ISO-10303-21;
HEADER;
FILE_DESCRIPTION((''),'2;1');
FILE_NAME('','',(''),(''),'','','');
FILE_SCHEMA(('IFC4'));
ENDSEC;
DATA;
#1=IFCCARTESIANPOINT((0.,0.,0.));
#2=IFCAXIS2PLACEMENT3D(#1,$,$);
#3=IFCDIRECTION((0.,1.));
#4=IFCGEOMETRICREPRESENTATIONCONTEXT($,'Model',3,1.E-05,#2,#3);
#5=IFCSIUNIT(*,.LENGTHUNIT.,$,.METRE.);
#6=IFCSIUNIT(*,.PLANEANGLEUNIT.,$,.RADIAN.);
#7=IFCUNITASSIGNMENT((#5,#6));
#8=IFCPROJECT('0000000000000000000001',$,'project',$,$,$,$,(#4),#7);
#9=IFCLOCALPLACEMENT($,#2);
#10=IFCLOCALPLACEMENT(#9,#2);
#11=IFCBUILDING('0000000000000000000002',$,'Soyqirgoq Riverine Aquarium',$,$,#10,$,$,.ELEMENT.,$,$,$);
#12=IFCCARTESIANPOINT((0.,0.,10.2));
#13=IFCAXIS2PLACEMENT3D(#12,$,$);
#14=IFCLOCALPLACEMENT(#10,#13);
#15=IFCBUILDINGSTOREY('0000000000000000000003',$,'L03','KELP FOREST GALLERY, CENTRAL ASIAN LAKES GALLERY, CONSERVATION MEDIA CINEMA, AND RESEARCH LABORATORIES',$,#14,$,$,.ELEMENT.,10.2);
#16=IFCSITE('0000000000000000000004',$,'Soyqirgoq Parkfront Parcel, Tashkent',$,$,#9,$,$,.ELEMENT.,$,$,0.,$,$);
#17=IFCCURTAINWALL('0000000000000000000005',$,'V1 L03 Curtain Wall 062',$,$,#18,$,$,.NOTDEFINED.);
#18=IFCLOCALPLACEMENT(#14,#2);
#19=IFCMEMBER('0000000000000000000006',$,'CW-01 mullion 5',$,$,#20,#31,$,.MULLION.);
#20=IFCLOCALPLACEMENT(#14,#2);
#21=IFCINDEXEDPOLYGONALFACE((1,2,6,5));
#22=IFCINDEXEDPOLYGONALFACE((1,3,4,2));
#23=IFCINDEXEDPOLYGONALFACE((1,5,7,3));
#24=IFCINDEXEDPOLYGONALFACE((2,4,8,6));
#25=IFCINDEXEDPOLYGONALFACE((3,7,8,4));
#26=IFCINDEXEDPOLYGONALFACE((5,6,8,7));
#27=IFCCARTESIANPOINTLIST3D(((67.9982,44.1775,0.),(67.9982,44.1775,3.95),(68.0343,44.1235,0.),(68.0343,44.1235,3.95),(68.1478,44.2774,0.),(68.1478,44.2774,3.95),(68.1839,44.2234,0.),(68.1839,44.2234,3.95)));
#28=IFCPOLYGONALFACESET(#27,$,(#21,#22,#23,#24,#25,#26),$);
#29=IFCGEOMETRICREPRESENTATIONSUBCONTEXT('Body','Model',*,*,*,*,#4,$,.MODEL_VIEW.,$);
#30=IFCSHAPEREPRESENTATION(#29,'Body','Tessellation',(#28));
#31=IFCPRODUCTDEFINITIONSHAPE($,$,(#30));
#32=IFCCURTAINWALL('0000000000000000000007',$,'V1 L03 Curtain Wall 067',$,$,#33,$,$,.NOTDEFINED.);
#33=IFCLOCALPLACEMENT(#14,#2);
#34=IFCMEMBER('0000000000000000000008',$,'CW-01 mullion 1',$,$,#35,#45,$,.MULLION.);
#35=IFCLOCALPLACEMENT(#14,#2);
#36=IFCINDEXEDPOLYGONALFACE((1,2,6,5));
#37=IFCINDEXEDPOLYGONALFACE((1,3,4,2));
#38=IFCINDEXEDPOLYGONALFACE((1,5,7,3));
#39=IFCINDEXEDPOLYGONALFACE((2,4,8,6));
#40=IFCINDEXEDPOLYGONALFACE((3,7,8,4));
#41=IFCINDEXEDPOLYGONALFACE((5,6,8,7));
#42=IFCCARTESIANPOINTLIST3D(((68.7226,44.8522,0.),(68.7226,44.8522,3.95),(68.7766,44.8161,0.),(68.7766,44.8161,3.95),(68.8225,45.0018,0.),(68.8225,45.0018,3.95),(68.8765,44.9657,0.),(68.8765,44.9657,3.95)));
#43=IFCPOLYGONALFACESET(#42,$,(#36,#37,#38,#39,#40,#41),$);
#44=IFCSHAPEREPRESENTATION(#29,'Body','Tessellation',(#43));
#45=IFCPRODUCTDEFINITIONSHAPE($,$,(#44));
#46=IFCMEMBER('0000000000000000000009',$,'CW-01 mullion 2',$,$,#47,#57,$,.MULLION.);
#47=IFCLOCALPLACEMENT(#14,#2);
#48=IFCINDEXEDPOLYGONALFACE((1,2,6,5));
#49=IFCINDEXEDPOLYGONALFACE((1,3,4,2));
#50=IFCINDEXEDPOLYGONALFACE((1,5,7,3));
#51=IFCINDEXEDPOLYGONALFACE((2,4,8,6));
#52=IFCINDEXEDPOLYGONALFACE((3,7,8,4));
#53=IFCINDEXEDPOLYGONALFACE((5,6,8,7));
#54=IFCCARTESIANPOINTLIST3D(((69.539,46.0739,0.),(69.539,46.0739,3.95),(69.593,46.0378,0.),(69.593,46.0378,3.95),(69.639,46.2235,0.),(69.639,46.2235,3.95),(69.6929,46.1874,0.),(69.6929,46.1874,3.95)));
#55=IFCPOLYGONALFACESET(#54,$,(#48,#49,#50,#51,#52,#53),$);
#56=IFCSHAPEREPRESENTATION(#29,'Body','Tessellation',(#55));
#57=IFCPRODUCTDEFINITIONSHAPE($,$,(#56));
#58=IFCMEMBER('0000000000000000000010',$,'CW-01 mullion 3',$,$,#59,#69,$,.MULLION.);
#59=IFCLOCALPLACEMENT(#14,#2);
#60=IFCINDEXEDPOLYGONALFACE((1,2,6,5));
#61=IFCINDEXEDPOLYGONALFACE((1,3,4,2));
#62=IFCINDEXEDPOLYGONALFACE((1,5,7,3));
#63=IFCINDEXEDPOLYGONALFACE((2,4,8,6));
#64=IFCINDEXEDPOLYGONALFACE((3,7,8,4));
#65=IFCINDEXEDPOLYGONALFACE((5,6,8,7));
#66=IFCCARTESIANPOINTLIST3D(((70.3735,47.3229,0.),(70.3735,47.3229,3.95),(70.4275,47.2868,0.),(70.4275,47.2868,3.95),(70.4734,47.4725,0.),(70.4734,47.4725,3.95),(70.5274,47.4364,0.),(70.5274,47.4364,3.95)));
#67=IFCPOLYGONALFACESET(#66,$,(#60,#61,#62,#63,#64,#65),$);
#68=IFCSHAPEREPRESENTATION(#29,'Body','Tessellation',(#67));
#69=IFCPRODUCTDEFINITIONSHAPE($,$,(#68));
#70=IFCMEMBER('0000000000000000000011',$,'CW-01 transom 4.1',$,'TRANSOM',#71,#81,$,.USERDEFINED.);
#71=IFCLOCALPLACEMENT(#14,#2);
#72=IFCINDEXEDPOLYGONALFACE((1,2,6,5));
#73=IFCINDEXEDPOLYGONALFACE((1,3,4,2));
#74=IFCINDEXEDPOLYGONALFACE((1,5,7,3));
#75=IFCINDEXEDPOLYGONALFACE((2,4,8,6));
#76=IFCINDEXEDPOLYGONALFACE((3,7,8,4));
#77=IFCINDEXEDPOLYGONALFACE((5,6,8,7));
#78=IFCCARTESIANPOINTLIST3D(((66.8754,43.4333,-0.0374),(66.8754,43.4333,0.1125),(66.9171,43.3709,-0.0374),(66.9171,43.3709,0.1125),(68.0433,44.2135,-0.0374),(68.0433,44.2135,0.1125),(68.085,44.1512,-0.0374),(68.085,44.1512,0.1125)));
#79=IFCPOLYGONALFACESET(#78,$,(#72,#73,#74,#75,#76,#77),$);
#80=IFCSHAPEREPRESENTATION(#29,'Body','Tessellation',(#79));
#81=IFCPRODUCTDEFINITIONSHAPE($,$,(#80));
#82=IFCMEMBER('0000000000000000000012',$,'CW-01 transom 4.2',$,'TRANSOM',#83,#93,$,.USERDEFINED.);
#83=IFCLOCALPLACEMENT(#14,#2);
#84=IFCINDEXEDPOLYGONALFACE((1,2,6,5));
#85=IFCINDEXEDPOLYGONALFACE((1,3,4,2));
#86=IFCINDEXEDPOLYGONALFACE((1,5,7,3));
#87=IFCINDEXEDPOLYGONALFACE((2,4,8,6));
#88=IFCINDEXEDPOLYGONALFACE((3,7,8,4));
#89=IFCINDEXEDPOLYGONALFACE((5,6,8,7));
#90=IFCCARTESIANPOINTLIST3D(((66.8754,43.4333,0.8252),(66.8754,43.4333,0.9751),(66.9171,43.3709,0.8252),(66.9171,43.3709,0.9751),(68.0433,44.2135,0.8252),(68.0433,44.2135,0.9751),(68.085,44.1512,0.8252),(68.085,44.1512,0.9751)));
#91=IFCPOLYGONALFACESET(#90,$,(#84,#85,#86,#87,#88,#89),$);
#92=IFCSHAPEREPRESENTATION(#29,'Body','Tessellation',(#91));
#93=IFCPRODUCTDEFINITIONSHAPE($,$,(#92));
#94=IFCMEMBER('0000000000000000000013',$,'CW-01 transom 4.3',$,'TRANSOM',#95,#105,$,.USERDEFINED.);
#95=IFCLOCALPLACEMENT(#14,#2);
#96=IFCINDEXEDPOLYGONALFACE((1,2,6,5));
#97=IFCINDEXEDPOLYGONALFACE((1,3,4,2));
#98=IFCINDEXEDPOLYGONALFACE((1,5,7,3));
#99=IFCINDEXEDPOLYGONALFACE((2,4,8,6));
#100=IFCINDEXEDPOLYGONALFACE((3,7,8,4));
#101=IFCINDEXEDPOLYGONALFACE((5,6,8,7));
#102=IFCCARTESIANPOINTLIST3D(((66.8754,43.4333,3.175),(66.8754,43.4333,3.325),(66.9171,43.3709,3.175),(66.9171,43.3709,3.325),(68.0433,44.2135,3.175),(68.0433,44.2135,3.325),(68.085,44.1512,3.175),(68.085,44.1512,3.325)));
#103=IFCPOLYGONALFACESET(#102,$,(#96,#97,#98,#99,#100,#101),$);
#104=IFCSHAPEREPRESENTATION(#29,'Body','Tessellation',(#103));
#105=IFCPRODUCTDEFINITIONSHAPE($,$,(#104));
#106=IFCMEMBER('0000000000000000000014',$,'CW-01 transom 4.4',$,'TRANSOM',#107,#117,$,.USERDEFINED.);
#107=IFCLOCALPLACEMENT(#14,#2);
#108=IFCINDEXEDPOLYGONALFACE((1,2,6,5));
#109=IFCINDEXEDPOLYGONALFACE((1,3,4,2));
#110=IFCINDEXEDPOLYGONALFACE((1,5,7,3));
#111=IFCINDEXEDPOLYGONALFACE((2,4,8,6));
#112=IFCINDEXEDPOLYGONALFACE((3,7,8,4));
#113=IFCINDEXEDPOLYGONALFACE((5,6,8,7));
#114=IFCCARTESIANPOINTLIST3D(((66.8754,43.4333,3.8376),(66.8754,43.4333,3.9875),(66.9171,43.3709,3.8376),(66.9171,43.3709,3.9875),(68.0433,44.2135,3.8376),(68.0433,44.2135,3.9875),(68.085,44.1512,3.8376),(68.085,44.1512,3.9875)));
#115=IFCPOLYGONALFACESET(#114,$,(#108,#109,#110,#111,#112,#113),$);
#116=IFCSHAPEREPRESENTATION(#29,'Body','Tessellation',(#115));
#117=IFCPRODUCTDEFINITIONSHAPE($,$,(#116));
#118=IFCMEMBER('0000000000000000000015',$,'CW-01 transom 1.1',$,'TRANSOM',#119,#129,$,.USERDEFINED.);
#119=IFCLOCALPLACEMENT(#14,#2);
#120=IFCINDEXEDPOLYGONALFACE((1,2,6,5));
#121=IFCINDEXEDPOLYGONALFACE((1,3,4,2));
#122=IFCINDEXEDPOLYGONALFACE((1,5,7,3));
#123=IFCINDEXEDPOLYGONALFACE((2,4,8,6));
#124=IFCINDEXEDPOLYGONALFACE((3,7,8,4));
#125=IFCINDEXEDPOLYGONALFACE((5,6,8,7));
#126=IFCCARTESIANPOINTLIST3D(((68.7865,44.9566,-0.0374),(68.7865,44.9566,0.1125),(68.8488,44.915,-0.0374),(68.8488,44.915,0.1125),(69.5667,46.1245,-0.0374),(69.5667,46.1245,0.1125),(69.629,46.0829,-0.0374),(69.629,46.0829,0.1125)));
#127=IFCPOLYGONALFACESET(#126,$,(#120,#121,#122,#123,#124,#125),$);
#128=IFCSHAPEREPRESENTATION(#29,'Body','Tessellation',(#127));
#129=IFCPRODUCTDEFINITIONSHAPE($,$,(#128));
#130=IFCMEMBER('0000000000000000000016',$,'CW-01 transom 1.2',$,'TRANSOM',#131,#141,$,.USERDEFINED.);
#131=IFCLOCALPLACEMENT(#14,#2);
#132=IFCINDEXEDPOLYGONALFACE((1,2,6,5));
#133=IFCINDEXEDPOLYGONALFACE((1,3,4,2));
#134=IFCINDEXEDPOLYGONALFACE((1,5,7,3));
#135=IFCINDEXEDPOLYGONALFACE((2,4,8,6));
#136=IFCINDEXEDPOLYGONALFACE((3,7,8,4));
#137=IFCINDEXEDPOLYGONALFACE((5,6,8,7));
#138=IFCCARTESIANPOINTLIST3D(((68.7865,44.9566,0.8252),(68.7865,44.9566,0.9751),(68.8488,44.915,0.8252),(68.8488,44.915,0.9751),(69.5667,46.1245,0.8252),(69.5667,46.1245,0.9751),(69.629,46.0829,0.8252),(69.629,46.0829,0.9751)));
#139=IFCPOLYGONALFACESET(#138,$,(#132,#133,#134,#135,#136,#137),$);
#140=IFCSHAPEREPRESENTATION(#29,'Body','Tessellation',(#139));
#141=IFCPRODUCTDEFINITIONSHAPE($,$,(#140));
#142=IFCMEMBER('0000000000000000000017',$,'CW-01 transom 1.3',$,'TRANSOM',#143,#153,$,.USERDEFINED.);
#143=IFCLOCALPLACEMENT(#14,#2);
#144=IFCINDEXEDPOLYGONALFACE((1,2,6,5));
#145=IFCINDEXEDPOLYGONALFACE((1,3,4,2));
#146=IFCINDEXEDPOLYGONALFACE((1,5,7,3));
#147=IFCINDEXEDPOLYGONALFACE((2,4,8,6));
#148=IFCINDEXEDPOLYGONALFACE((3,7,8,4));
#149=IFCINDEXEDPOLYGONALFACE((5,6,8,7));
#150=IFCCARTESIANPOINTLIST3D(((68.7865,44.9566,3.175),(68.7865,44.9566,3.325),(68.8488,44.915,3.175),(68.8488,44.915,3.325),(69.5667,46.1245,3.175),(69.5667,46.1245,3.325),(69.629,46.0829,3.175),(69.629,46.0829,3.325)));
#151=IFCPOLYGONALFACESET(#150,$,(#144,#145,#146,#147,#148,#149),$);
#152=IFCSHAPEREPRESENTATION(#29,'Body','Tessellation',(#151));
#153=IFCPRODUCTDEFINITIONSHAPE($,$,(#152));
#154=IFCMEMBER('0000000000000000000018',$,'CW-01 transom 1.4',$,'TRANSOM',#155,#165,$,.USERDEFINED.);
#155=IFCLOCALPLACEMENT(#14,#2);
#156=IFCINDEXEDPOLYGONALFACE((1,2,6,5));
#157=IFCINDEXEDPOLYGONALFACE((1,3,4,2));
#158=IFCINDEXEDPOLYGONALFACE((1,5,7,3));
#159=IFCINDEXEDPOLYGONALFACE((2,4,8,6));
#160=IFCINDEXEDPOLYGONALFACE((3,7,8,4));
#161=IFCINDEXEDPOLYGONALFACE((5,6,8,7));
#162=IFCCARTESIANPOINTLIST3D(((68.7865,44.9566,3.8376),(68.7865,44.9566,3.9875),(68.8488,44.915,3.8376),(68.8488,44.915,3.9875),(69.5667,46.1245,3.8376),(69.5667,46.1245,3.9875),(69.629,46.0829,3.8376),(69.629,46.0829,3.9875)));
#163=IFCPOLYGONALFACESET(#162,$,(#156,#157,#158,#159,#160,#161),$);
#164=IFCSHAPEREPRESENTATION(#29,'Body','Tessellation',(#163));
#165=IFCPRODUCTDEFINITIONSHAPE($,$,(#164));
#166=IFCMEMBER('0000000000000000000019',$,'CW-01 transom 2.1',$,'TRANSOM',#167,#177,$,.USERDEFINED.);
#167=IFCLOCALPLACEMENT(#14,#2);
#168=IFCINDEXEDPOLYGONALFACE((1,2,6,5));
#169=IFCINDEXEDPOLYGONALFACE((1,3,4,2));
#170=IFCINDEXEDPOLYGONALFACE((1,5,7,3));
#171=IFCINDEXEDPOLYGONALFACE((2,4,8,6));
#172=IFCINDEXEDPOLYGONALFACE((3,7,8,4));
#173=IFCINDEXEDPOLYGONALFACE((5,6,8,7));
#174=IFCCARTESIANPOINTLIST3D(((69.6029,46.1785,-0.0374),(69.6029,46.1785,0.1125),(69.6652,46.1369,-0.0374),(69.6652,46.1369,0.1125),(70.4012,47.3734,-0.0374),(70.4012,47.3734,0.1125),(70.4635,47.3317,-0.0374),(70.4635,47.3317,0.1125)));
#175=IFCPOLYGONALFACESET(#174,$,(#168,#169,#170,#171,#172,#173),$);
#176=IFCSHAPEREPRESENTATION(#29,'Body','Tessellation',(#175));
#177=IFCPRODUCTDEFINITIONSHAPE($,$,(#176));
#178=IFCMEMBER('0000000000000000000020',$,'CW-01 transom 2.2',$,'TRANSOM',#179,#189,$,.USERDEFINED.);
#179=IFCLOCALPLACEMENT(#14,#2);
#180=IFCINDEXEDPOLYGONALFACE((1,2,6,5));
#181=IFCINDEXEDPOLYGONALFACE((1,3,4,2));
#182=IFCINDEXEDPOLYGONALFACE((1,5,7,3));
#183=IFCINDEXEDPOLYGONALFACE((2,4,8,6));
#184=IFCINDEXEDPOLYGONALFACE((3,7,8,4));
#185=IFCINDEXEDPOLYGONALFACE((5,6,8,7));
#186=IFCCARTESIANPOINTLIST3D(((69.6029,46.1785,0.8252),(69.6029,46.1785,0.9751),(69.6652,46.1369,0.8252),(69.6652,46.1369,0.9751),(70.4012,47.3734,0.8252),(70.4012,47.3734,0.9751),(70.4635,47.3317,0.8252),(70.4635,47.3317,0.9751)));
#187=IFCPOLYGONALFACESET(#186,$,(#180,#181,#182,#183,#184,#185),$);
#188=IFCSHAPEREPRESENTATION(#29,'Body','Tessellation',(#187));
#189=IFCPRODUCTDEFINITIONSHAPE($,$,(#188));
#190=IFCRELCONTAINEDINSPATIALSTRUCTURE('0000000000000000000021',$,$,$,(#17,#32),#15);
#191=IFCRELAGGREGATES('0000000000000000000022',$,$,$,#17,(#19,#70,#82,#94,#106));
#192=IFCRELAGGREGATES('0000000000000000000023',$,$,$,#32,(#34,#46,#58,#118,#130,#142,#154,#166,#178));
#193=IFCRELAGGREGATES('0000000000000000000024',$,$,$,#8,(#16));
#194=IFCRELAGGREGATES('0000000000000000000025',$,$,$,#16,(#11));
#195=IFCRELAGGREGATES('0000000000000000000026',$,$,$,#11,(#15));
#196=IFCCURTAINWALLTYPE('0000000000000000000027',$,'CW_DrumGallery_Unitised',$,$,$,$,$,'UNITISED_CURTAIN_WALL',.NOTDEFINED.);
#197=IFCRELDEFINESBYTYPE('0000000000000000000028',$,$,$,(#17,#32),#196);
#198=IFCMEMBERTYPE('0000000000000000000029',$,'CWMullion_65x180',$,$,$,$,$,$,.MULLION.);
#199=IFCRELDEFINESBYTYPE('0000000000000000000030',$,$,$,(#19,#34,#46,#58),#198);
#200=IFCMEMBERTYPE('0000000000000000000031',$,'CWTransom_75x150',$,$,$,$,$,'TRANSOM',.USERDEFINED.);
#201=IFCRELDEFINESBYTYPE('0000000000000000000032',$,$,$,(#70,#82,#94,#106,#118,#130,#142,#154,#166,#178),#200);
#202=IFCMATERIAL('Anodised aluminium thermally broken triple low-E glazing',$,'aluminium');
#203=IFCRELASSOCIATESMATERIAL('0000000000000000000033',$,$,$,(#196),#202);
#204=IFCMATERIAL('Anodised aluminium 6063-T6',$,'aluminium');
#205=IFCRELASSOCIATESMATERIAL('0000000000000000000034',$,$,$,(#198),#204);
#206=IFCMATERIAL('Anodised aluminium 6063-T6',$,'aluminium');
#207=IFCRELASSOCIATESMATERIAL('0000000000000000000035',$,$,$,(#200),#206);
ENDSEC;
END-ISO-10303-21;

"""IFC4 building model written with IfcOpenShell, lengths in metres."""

from ifc_helpers import new_model, si_unit, direction, frame, origin, origin_2d, place, context, subcontext, project, spatial, rectangle, extrude, material, material_profile, profile_set, type_object, element, aggregate, save


model = new_model("IFC4")

# Units and contexts
model_context = context("Model", 3, precision=1e-05, world=origin(), true_north=direction((0.0, 1.0)))
body_context = subcontext(model_context, "Body", "Model", "MODEL_VIEW")
ifc_project = project(units=[si_unit("LENGTHUNIT", "METRE"), si_unit("PLANEANGLEUNIT", "RADIAN")], contexts=[model_context])

# Site, building, storey
site_placement = place(None, origin())
site = spatial("IfcSite", under=ifc_project, at=site_placement, Name="Soyqirgoq Parkfront Parcel, Tashkent", CompositionType="ELEMENT", RefElevation=0.0)
building_placement = place(site_placement, origin())
building = spatial("IfcBuilding", under=site, at=building_placement, Name="Soyqirgoq Riverine Aquarium", CompositionType="ELEMENT")
storey_placement = place(building_placement, frame((0.0, 0.0, 10.2)))
storey = spatial("IfcBuildingStorey", under=building, at=storey_placement, Name="L03", Description="KELP FOREST GALLERY, CENTRAL ASIAN LAKES GALLERY, CONSERVATION MEDIA CINEMA, AND RESEARCH LABORATORIES", CompositionType="ELEMENT", Elevation=10.2)

# Curtain wall, member
ifc_material_1 = material(Name="Anodised aluminium thermally broken triple low-E glazing", Category="aluminium")
curtain_wall_type = type_object("IfcCurtainWallType", Name="CW_DrumGallery_Unitised", ElementType="UNITISED_CURTAIN_WALL", PredefinedType="NOTDEFINED", material=ifc_material_1)
curtain_wall_1_placement = place(storey_placement, origin())
curtain_wall_1 = element("IfcCurtainWall", 1, at=curtain_wall_1_placement, inside=storey, type_object=curtain_wall_type, Name="V1 L03 Curtain Wall 062", PredefinedType="NOTDEFINED")
ifc_material_2 = material(Name="Anodised aluminium 6063-T6", Category="aluminium")
ifc_material_profile_1 = material_profile(ifc_material_2, rectangle(XDim=0.0649, YDim=0.1799, at=origin_2d()), Name="ALU-M 65x180")
ifc_profile_set_1 = profile_set([ifc_material_profile_1], Name="Anodised aluminium 6063-T6")
member_type_1 = type_object("IfcMemberType", Name="CWMullion_65x180", PredefinedType="MULLION", material=ifc_profile_set_1)
member_1_placement = place(storey_placement, frame((68.0911, 44.2004, 0.0), z_axis=(0.0, 0.0, 1.0), x_axis=(-0.555572, 0.831469, 0.0)))
member_1 = element("IfcMember", 2, at=member_1_placement, type_object=member_type_1, Name="CW-01 mullion 5", PredefinedType="MULLION", context=body_context, shape_type="SweptSolid", body=[
    extrude(rectangle(XDim=0.0649, YDim=0.1799, at=origin_2d()), origin(), (0.0, 0.0, 1.0), 3.95),
])

# Curtain wall, members
curtain_wall_2_placement = place(storey_placement, origin())
curtain_wall_2 = element("IfcCurtainWall", 3, at=curtain_wall_2_placement, inside=storey, type_object=curtain_wall_type, Name="V1 L03 Curtain Wall 067", PredefinedType="NOTDEFINED")
member_2_placement = place(storey_placement, frame((68.7996, 44.9089, 0.0), z_axis=(0.0, 0.0, 1.0), x_axis=(-0.831469, 0.555572, 0.0)))
member_2 = element("IfcMember", 4, at=member_2_placement, type_object=member_type_1, Name="CW-01 mullion 1", PredefinedType="MULLION", context=body_context, shape_type="SweptSolid", body=[
    extrude(rectangle(XDim=0.0649, YDim=0.1799, at=origin_2d()), origin(), (0.0, 0.0, 1.0), 3.95),
])
member_3_placement = place(storey_placement, frame((69.616, 46.1306, 0.0), z_axis=(0.0, 0.0, 1.0), x_axis=(-0.831469, 0.555572, 0.0)))
member_3 = element("IfcMember", 5, at=member_3_placement, type_object=member_type_1, Name="CW-01 mullion 2", PredefinedType="MULLION", context=body_context, shape_type="SweptSolid", body=[
    extrude(rectangle(XDim=0.0649, YDim=0.1799, at=origin_2d()), origin(), (0.0, 0.0, 1.0), 3.95),
])
member_4_placement = place(storey_placement, frame((70.4504, 47.3796, 0.0), z_axis=(0.0, 0.0, 1.0), x_axis=(-0.831469, 0.555572, 0.0)))
member_4 = element("IfcMember", 6, at=member_4_placement, type_object=member_type_1, Name="CW-01 mullion 3", PredefinedType="MULLION", context=body_context, shape_type="SweptSolid", body=[
    extrude(rectangle(XDim=0.0649, YDim=0.1799, at=origin_2d()), origin(), (0.0, 0.0, 1.0), 3.95),
])

# Members
ifc_material_3 = material(Name="Anodised aluminium 6063-T6", Category="aluminium")
ifc_material_profile_2 = material_profile(ifc_material_3, rectangle(XDim=0.075, YDim=0.1499, at=origin_2d()), Name="ALU-T 75x150")
ifc_profile_set_2 = profile_set([ifc_material_profile_2], Name="Anodised aluminium 6063-T6")
member_type_2 = type_object("IfcMemberType", Name="CWTransom_75x150", ElementType="TRANSOM", PredefinedType="USERDEFINED", material=ifc_profile_set_2)
member_5_placement = place(storey_placement, frame((66.8962, 43.4021, 0.0376), z_axis=(0.831515, 0.555502, 0.0), x_axis=(-0.555502, 0.831515, 0.0)))
member_5 = element("IfcMember", 7, at=member_5_placement, type_object=member_type_2, Name="CW-01 transom 4.1", ObjectType="TRANSOM", PredefinedType="USERDEFINED", context=body_context, shape_type="SweptSolid", body=[
    extrude(rectangle(XDim=0.075, YDim=0.1499, at=origin_2d()), origin(), (0.0, 0.0, 1.0), 1.4045),
])
member_6_placement = place(storey_placement, frame((66.8962, 43.4021, 0.9001), z_axis=(0.831515, 0.555502, 0.0), x_axis=(-0.555502, 0.831515, 0.0)))
member_6 = element("IfcMember", 8, at=member_6_placement, type_object=member_type_2, Name="CW-01 transom 4.2", ObjectType="TRANSOM", PredefinedType="USERDEFINED", context=body_context, shape_type="SweptSolid", body=[
    extrude(rectangle(XDim=0.075, YDim=0.1499, at=origin_2d()), origin(), (0.0, 0.0, 1.0), 1.4045),
])
member_7_placement = place(storey_placement, frame((66.8962, 43.4021, 3.25), z_axis=(0.831515, 0.555502, 0.0), x_axis=(-0.555502, 0.831515, 0.0)))
member_7 = element("IfcMember", 9, at=member_7_placement, type_object=member_type_2, Name="CW-01 transom 4.3", ObjectType="TRANSOM", PredefinedType="USERDEFINED", context=body_context, shape_type="SweptSolid", body=[
    extrude(rectangle(XDim=0.075, YDim=0.1499, at=origin_2d()), origin(), (0.0, 0.0, 1.0), 1.4045),
])
member_8_placement = place(storey_placement, frame((66.8962, 43.4021, 3.9126), z_axis=(0.831515, 0.555502, 0.0), x_axis=(-0.555502, 0.831515, 0.0)))
member_8 = element("IfcMember", 10, at=member_8_placement, type_object=member_type_2, Name="CW-01 transom 4.4", ObjectType="TRANSOM", PredefinedType="USERDEFINED", context=body_context, shape_type="SweptSolid", body=[
    extrude(rectangle(XDim=0.075, YDim=0.1499, at=origin_2d()), origin(), (0.0, 0.0, 1.0), 1.4045),
])
member_9_placement = place(storey_placement, frame((68.8176, 44.9358, 0.0376), z_axis=(0.555502, 0.831515, 0.0), x_axis=(-0.831515, 0.555502, 0.0)))
member_9 = element("IfcMember", 11, at=member_9_placement, type_object=member_type_2, Name="CW-01 transom 1.1", ObjectType="TRANSOM", PredefinedType="USERDEFINED", context=body_context, shape_type="SweptSolid", body=[
    extrude(rectangle(XDim=0.075, YDim=0.1499, at=origin_2d()), origin(), (0.0, 0.0, 1.0), 1.4045),
])
member_10_placement = place(storey_placement, frame((68.8176, 44.9358, 0.9001), z_axis=(0.555502, 0.831515, 0.0), x_axis=(-0.831515, 0.555502, 0.0)))
member_10 = element("IfcMember", 12, at=member_10_placement, type_object=member_type_2, Name="CW-01 transom 1.2", ObjectType="TRANSOM", PredefinedType="USERDEFINED", context=body_context, shape_type="SweptSolid", body=[
    extrude(rectangle(XDim=0.075, YDim=0.1499, at=origin_2d()), origin(), (0.0, 0.0, 1.0), 1.4045),
])
member_11_placement = place(storey_placement, frame((68.8176, 44.9358, 3.25), z_axis=(0.555502, 0.831515, 0.0), x_axis=(-0.831515, 0.555502, 0.0)))
member_11 = element("IfcMember", 13, at=member_11_placement, type_object=member_type_2, Name="CW-01 transom 1.3", ObjectType="TRANSOM", PredefinedType="USERDEFINED", context=body_context, shape_type="SweptSolid", body=[
    extrude(rectangle(XDim=0.075, YDim=0.1499, at=origin_2d()), origin(), (0.0, 0.0, 1.0), 1.4045),
])
member_12_placement = place(storey_placement, frame((68.8176, 44.9358, 3.9126), z_axis=(0.555502, 0.831515, 0.0), x_axis=(-0.831515, 0.555502, 0.0)))
member_12 = element("IfcMember", 14, at=member_12_placement, type_object=member_type_2, Name="CW-01 transom 1.4", ObjectType="TRANSOM", PredefinedType="USERDEFINED", context=body_context, shape_type="SweptSolid", body=[
    extrude(rectangle(XDim=0.075, YDim=0.1499, at=origin_2d()), origin(), (0.0, 0.0, 1.0), 1.4045),
])
member_13_placement = place(storey_placement, frame((69.634, 46.1577, 0.0376), z_axis=(0.555562, 0.831475, 0.0), x_axis=(-0.831475, 0.555562, 0.0)))
member_13 = element("IfcMember", 15, at=member_13_placement, type_object=member_type_2, Name="CW-01 transom 2.1", ObjectType="TRANSOM", PredefinedType="USERDEFINED", context=body_context, shape_type="SweptSolid", body=[
    extrude(rectangle(XDim=0.075, YDim=0.1499, at=origin_2d()), origin(), (0.0, 0.0, 1.0), 1.437),
])
member_14_placement = place(storey_placement, frame((69.634, 46.1577, 0.9001), z_axis=(0.555562, 0.831475, 0.0), x_axis=(-0.831475, 0.555562, 0.0)))
member_14 = element("IfcMember", 16, at=member_14_placement, type_object=member_type_2, Name="CW-01 transom 2.2", ObjectType="TRANSOM", PredefinedType="USERDEFINED", context=body_context, shape_type="SweptSolid", body=[
    extrude(rectangle(XDim=0.075, YDim=0.1499, at=origin_2d()), origin(), (0.0, 0.0, 1.0), 1.437),
])

aggregate(curtain_wall_1, [member_1, member_5, member_6, member_7, member_8])
aggregate(curtain_wall_2, [member_2, member_3, member_4, member_9, member_10, member_11, member_12, member_13, member_14])

save(model, "model.ifc")
